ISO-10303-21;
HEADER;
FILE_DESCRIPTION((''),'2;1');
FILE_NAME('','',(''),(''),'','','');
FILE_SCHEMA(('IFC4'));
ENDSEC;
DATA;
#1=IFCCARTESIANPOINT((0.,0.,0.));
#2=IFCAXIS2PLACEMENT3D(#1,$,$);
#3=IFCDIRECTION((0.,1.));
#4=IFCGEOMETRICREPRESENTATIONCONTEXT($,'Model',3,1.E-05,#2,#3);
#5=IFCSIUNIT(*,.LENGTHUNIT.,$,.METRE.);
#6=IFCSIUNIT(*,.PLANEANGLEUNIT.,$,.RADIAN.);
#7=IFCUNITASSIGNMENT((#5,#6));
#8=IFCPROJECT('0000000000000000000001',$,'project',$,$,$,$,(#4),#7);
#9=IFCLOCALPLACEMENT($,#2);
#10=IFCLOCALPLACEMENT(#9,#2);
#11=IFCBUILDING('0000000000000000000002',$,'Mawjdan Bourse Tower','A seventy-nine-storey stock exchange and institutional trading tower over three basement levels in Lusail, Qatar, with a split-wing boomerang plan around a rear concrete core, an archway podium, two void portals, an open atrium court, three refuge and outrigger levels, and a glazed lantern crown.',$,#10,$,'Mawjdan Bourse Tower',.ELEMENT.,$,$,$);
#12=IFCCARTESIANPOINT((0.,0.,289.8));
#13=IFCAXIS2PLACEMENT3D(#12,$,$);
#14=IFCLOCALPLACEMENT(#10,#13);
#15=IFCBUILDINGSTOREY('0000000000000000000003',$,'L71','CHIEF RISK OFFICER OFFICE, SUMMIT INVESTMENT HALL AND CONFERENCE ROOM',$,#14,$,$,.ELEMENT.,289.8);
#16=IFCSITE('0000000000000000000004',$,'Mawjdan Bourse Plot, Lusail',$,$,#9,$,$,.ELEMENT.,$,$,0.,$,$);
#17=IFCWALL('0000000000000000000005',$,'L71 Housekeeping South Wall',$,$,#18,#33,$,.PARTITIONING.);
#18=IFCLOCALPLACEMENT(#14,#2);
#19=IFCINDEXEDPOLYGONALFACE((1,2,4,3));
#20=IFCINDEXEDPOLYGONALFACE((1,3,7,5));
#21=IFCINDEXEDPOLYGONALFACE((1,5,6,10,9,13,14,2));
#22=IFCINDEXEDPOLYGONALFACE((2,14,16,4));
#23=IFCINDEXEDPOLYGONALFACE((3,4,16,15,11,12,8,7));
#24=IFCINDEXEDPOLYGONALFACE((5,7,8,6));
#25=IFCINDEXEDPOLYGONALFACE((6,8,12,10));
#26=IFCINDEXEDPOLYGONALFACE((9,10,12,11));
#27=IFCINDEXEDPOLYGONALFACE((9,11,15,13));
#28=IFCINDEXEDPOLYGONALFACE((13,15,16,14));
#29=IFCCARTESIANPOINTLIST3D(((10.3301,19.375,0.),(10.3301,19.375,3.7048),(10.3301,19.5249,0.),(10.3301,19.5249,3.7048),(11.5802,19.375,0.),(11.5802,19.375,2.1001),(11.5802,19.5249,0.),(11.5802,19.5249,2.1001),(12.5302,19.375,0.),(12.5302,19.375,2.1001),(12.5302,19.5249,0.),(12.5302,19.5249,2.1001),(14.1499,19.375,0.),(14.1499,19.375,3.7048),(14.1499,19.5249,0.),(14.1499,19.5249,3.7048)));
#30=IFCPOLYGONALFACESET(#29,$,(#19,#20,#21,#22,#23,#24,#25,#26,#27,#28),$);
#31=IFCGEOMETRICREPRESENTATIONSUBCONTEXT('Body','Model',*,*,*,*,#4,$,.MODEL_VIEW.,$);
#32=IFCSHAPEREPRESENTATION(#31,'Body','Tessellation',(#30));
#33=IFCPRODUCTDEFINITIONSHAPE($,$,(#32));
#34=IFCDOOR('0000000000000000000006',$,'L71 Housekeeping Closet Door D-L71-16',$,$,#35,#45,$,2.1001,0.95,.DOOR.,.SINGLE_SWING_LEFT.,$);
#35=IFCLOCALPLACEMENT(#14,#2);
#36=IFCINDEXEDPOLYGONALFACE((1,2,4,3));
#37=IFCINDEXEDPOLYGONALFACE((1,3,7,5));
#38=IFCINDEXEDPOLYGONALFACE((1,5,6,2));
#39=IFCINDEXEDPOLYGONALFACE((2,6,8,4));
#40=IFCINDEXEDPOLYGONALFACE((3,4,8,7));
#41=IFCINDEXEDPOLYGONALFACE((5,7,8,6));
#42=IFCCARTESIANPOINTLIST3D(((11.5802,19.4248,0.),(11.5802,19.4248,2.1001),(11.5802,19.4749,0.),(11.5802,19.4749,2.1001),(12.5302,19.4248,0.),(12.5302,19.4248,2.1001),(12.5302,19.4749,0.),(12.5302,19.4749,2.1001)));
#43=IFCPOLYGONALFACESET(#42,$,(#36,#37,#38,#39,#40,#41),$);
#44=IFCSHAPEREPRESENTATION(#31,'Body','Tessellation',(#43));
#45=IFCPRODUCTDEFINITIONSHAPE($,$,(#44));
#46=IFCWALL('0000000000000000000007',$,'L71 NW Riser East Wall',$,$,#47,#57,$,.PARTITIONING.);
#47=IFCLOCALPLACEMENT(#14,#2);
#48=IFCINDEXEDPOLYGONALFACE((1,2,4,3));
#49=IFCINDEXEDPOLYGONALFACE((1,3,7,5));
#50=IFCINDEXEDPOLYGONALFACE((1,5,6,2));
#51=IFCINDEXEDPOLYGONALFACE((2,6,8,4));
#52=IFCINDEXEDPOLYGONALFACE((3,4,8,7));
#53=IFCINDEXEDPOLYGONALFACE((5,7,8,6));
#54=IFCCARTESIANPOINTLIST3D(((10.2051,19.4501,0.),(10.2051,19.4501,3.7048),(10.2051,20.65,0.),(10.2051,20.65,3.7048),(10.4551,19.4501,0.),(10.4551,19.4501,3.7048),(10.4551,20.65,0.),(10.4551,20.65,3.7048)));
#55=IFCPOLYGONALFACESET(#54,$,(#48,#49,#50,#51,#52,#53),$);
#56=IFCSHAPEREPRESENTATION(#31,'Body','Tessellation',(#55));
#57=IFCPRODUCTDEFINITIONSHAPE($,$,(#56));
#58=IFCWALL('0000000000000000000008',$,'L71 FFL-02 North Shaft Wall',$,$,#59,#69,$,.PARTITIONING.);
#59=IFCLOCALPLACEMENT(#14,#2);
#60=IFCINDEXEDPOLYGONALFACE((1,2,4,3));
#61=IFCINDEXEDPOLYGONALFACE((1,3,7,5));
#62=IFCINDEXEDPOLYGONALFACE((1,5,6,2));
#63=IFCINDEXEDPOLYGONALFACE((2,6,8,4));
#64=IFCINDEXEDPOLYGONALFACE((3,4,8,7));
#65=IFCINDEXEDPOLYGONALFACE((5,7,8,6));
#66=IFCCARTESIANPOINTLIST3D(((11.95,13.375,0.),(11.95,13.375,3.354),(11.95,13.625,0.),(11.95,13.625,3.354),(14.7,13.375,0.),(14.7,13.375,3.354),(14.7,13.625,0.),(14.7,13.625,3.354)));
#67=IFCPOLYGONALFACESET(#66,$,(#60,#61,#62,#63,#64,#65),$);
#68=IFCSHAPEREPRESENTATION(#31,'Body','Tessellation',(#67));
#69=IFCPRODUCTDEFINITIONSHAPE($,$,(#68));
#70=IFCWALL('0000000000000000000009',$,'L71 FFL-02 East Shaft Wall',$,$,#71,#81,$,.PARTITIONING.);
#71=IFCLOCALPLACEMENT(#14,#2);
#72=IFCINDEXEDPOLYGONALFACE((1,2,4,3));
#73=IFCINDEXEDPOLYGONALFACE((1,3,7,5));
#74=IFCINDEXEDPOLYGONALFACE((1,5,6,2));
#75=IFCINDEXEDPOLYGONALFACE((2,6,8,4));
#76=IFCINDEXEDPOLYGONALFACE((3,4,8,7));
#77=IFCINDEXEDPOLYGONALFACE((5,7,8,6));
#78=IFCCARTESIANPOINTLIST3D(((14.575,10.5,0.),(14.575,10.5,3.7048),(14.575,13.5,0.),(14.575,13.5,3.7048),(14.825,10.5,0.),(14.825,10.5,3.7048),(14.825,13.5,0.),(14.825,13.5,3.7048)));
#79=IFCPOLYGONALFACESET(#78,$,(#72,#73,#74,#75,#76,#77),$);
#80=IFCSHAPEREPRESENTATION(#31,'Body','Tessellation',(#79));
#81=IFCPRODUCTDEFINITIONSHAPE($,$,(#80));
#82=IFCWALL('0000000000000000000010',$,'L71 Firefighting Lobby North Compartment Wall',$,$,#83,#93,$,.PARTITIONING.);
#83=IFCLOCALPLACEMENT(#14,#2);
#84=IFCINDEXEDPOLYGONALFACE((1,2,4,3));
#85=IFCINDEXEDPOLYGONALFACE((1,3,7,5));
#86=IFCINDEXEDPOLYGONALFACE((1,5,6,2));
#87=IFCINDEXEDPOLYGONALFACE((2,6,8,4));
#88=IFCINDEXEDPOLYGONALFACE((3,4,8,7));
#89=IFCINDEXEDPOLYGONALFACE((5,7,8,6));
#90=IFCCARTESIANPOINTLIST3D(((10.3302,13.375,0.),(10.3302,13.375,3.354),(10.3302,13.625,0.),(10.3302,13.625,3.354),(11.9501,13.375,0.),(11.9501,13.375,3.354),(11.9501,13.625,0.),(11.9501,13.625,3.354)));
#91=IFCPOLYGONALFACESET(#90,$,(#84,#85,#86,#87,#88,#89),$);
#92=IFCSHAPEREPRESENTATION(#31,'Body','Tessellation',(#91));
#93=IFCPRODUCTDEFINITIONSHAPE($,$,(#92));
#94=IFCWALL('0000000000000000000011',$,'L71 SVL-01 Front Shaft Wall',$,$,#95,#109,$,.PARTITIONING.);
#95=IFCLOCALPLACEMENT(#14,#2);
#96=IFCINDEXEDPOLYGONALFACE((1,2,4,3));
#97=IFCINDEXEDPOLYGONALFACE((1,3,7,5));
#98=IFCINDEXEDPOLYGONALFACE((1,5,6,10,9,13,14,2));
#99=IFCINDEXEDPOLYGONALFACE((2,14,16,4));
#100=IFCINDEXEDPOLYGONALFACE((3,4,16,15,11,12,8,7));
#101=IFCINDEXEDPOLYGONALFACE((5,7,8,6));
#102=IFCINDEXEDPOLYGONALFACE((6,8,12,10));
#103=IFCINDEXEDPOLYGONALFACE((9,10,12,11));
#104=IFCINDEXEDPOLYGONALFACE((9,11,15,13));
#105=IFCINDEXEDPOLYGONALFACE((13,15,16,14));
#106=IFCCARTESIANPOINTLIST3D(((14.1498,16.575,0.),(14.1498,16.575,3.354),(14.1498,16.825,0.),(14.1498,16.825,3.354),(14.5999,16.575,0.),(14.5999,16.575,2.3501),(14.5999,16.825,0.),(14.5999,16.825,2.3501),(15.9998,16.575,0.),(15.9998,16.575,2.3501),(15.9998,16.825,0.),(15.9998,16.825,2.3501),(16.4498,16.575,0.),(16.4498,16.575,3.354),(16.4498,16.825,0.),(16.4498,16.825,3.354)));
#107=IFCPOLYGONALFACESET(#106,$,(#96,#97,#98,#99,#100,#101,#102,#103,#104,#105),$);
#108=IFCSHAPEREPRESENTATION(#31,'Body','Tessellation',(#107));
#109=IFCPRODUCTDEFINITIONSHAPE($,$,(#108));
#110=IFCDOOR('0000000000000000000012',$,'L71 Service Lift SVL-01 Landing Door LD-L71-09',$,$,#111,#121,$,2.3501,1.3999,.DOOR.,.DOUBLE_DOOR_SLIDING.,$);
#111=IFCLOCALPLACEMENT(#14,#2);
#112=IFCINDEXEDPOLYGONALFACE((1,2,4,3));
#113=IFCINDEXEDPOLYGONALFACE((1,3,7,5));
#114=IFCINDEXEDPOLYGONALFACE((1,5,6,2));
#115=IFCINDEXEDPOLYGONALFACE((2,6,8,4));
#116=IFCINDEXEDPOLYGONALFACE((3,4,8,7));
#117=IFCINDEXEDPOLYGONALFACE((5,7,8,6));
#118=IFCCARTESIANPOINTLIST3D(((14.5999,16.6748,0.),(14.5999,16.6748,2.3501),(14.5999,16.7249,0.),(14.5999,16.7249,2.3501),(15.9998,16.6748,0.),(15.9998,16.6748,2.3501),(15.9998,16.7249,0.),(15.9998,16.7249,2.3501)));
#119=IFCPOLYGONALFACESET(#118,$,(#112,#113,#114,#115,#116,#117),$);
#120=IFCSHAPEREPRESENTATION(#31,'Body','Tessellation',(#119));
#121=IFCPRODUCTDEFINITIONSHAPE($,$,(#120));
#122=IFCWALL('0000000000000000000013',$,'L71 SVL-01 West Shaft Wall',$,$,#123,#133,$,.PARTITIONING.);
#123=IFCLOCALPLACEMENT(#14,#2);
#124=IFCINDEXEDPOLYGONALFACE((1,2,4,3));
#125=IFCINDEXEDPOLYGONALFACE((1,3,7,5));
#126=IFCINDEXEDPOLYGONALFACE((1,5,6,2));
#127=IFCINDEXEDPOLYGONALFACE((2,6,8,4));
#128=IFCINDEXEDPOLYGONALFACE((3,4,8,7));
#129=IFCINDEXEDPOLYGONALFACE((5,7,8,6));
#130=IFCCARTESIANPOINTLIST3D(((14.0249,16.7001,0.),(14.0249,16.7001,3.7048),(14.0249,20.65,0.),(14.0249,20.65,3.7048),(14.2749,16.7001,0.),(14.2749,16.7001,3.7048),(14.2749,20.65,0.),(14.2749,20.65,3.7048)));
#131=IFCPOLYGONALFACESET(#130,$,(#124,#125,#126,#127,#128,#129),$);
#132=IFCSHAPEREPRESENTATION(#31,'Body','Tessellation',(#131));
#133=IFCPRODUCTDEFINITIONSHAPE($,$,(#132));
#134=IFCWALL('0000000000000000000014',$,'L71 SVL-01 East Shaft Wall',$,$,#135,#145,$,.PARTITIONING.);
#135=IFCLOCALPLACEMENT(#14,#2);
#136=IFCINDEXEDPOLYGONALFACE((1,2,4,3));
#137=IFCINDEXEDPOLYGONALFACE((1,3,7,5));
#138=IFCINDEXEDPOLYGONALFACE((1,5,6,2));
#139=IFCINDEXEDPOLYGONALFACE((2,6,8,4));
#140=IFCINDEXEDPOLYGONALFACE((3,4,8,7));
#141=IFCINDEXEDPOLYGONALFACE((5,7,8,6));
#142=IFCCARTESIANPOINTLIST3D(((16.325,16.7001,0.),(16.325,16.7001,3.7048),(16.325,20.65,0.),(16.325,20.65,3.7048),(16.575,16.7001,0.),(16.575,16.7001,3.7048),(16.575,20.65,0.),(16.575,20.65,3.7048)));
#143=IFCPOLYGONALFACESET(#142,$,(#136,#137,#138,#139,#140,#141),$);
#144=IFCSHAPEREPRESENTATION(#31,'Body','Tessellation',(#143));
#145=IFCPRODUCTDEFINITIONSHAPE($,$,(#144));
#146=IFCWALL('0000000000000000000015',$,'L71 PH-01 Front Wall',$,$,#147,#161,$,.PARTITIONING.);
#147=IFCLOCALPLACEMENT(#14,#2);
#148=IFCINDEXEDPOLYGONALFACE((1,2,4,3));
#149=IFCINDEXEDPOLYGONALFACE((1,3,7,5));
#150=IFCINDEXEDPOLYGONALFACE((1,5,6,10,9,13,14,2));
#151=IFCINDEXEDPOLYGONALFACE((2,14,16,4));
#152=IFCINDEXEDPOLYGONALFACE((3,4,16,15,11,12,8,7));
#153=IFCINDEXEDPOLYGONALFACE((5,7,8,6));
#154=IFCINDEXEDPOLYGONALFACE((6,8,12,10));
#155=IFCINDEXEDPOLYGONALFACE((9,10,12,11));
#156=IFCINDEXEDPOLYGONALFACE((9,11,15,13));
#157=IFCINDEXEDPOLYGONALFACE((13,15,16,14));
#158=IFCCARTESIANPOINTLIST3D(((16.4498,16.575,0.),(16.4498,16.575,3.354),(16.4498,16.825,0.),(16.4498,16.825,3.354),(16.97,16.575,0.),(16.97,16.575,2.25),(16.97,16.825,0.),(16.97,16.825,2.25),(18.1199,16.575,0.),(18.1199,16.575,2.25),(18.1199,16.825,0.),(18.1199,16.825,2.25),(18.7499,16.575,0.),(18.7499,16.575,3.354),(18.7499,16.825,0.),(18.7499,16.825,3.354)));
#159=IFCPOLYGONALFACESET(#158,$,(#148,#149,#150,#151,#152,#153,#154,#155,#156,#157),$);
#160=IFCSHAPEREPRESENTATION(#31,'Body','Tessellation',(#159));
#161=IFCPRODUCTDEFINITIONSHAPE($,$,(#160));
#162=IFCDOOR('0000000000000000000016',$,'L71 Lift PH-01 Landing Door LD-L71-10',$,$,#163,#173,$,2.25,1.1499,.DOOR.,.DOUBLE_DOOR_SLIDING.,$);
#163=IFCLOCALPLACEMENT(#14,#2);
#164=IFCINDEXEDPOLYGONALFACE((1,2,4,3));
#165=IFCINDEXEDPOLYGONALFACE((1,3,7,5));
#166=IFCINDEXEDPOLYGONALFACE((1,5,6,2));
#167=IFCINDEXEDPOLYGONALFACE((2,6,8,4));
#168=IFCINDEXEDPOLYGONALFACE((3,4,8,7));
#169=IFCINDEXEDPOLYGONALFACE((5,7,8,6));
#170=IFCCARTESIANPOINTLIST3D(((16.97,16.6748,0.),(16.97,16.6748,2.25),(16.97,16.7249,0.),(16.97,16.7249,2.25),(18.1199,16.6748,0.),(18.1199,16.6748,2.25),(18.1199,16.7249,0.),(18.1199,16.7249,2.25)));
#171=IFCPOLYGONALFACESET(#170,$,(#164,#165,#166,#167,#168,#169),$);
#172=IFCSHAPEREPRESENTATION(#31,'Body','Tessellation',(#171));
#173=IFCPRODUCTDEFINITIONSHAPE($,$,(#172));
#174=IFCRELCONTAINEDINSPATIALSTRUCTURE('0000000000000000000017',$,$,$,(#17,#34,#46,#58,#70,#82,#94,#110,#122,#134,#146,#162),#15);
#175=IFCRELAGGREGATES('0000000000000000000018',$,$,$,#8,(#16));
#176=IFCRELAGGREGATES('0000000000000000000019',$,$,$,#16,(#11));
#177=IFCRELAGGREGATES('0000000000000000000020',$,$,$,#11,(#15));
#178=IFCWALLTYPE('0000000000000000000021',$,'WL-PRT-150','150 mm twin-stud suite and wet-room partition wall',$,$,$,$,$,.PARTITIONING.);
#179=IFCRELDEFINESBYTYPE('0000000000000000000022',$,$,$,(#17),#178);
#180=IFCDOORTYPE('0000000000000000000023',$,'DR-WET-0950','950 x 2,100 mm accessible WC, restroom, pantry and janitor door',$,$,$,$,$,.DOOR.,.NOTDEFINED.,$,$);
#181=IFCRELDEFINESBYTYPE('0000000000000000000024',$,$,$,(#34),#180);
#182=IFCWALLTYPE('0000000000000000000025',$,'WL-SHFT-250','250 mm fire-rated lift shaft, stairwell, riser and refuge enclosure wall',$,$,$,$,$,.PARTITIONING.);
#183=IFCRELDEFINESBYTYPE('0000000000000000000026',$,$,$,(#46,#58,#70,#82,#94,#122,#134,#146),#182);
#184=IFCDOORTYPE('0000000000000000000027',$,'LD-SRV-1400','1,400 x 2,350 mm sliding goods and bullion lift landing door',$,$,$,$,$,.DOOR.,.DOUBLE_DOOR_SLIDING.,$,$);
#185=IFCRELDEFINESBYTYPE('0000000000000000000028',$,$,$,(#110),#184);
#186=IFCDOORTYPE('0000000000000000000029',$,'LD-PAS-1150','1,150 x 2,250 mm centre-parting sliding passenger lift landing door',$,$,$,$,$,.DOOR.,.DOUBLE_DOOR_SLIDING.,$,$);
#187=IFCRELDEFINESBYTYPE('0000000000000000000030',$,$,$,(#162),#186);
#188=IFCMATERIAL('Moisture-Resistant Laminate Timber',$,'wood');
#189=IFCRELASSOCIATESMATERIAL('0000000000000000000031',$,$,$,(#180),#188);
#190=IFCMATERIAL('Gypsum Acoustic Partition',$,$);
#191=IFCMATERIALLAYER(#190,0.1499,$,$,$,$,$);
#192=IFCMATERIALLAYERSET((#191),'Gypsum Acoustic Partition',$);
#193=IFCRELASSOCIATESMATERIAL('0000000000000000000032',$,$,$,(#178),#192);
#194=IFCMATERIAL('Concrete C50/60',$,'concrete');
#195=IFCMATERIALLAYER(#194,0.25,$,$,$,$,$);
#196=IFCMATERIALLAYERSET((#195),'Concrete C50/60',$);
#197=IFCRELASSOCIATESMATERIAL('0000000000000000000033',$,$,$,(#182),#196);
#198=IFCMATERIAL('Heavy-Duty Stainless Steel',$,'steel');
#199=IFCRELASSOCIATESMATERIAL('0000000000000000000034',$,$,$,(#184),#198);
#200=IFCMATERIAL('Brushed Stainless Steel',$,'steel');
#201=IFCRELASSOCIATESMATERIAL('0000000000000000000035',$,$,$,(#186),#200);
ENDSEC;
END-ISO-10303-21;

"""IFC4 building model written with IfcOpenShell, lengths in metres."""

from ifc_helpers import new_model, si_unit, direction, frame, frame_2d, origin, place, context, subcontext, project, spatial, rectangle, extrude, material, layer, layer_set, type_object, element, fill, save


model = new_model("IFC4")

# Units and contexts
model_context = context("Model", 3, precision=1e-05, world=origin(), true_north=direction((0.0, 1.0)))
body_context = subcontext(model_context, "Body", "Model", "MODEL_VIEW")
ifc_project = project(units=[si_unit("LENGTHUNIT", "METRE"), si_unit("PLANEANGLEUNIT", "RADIAN")], contexts=[model_context])

# Site, building, storey
site_placement = place(None, origin())
site = spatial("IfcSite", under=ifc_project, at=site_placement, Name="Mawjdan Bourse Plot, Lusail", CompositionType="ELEMENT", RefElevation=0.0)
building_placement = place(site_placement, origin())
building = spatial("IfcBuilding", under=site, at=building_placement, Name="Mawjdan Bourse Tower", Description="A seventy-nine-storey stock exchange and institutional trading tower over three basement levels in Lusail, Qatar, with a split-wing boomerang plan around a rear concrete core, an archway podium, two void portals, an open atrium court, three refuge and outrigger levels, and a glazed lantern crown.", LongName="Mawjdan Bourse Tower", CompositionType="ELEMENT")
storey_placement = place(building_placement, frame((0.0, 0.0, 289.8)))
storey = spatial("IfcBuildingStorey", under=building, at=storey_placement, Name="L71", Description="CHIEF RISK OFFICER OFFICE, SUMMIT INVESTMENT HALL AND CONFERENCE ROOM", CompositionType="ELEMENT", Elevation=289.8)

# Wall, opening, door
ifc_material_1 = material(Name="Moisture-Resistant Laminate Timber", Category="wood")
door_type_1 = type_object("IfcDoorType", Name="DR-WET-0950", Description="950 x 2,100 mm accessible WC, restroom, pantry and janitor door", OperationType="NOTDEFINED", PredefinedType="DOOR", material=ifc_material_1)
ifc_material_2 = material(Name="Gypsum Acoustic Partition")
ifc_layer_1 = layer(ifc_material_2, 0.1499)
ifc_layer_set_1 = layer_set([ifc_layer_1], Name="Gypsum Acoustic Partition")
wall_type_1 = type_object("IfcWallType", Name="WL-PRT-150", Description="150 mm twin-stud suite and wet-room partition wall", PredefinedType="PARTITIONING", material=ifc_layer_set_1)
wall_1_placement = place(storey_placement, frame((10.3301, 19.45, 0.0), z_axis=(0.0, 0.0, 1.0), x_axis=(1.0, 0.0, 0.0)))
wall_1 = element("IfcWall", 1, at=wall_1_placement, inside=storey, type_object=wall_type_1, Name="L71 Housekeeping South Wall", PredefinedType="PARTITIONING", context=body_context, shape_type="SweptSolid", body=[
    extrude(rectangle(XDim=3.8198, YDim=0.1499, at=frame_2d((1.9099, 0.0))), origin(), (0.0, 0.0, 1.0), 3.7048),
])
opening_1_placement = place(wall_1_placement, frame((1.25, 0.0, 0.0)))
opening_1 = element("IfcOpeningElement", 2, at=opening_1_placement, cuts=wall_1, PredefinedType="OPENING", context=body_context, shape_type="SweptSolid", body=[
    extrude(rectangle(XDim=0.95, YDim=2.1001, at=frame_2d((0.4751, 1.05))), frame((0.0, 0.085, 0.0), z_axis=(0.0, -1.0, 0.0), x_axis=(1.0, 0.0, 0.0)), (0.0, 0.0, 1.0), 0.1699),
])
door_1_placement = place(opening_1_placement, origin())
door_1 = element("IfcDoor", 3, at=door_1_placement, inside=storey, type_object=door_type_1, Name="L71 Housekeeping Closet Door D-L71-16", OperationType="SINGLE_SWING_LEFT", OverallHeight=2.1001, OverallWidth=0.95, PredefinedType="DOOR", context=body_context, shape_type="SweptSolid", body=[
    extrude(rectangle(XDim=0.95, YDim=2.1001, at=frame_2d((0.4751, 1.05))), frame((0.0, 0.0249, 0.0), z_axis=(0.0, -1.0, 0.0), x_axis=(1.0, 0.0, 0.0)), (0.0, 0.0, 1.0), 0.05),
])
fill(opening_1, door_1)

# Walls
ifc_material_3 = material(Name="Concrete C50/60", Category="concrete")
ifc_layer_2 = layer(ifc_material_3, 0.25)
ifc_layer_set_2 = layer_set([ifc_layer_2], Name="Concrete C50/60")
wall_type_2 = type_object("IfcWallType", Name="WL-SHFT-250", Description="250 mm fire-rated lift shaft, stairwell, riser and refuge enclosure wall", PredefinedType="PARTITIONING", material=ifc_layer_set_2)
wall_2_placement = place(storey_placement, frame((10.3301, 19.45, 0.0), z_axis=(0.0, 0.0, 1.0), x_axis=(0.0, 1.0, 0.0)))
element("IfcWall", 4, at=wall_2_placement, inside=storey, type_object=wall_type_2, Name="L71 NW Riser East Wall", PredefinedType="PARTITIONING", context=body_context, shape_type="SweptSolid", body=[
    extrude(rectangle(XDim=1.2, YDim=0.25, at=frame_2d((0.6001, 0.0))), origin(), (0.0, 0.0, 1.0), 3.7048),
])
wall_3_placement = place(storey_placement, frame((11.95, 13.5, 0.0), z_axis=(0.0, 0.0, 1.0), x_axis=(1.0, 0.0, 0.0)))
element("IfcWall", 5, at=wall_3_placement, inside=storey, type_object=wall_type_2, Name="L71 FFL-02 North Shaft Wall", PredefinedType="PARTITIONING", context=body_context, shape_type="SweptSolid", body=[
    extrude(rectangle(XDim=2.75, YDim=0.25, at=frame_2d((1.375, 0.0))), origin(), (0.0, 0.0, 1.0), 3.354),
])
wall_4_placement = place(storey_placement, frame((14.7, 10.5, 0.0), z_axis=(0.0, 0.0, 1.0), x_axis=(0.0, 1.0, 0.0)))
element("IfcWall", 6, at=wall_4_placement, inside=storey, type_object=wall_type_2, Name="L71 FFL-02 East Shaft Wall", PredefinedType="PARTITIONING", context=body_context, shape_type="SweptSolid", body=[
    extrude(rectangle(XDim=3.0, YDim=0.25, at=frame_2d((1.5, 0.0))), origin(), (0.0, 0.0, 1.0), 3.7048),
])
wall_5_placement = place(storey_placement, frame((10.3301, 13.5, 0.0), z_axis=(0.0, 0.0, 1.0), x_axis=(1.0, 0.0, 0.0)))
element("IfcWall", 7, at=wall_5_placement, inside=storey, type_object=wall_type_2, Name="L71 Firefighting Lobby North Compartment Wall", PredefinedType="PARTITIONING", context=body_context, shape_type="SweptSolid", body=[
    extrude(rectangle(XDim=1.6199, YDim=0.25, at=frame_2d((0.8101, 0.0))), origin(), (0.0, 0.0, 1.0), 3.354),
])

# Wall, opening, door
wall_6_placement = place(storey_placement, frame((14.1499, 16.7, 0.0), z_axis=(0.0, 0.0, 1.0), x_axis=(1.0, 0.0, 0.0)))
wall_6 = element("IfcWall", 8, at=wall_6_placement, inside=storey, type_object=wall_type_2, Name="L71 SVL-01 Front Shaft Wall", PredefinedType="PARTITIONING", context=body_context, shape_type="SweptSolid", body=[
    extrude(rectangle(XDim=2.3, YDim=0.25, at=frame_2d((1.1499, 0.0))), origin(), (0.0, 0.0, 1.0), 3.354),
])
opening_2_placement = place(wall_6_placement, frame((0.45, 0.0, 0.0)))
opening_2 = element("IfcOpeningElement", 9, at=opening_2_placement, cuts=wall_6, PredefinedType="OPENING", context=body_context, shape_type="SweptSolid", body=[
    extrude(rectangle(XDim=1.3999, YDim=2.3501, at=frame_2d((0.7, 1.175))), frame((0.0, 0.135, 0.0), z_axis=(0.0, -1.0, 0.0), x_axis=(1.0, 0.0, 0.0)), (0.0, 0.0, 1.0), 0.27),
])
ifc_material_4 = material(Name="Heavy-Duty Stainless Steel", Category="steel")
door_type_2 = type_object("IfcDoorType", Name="LD-SRV-1400", Description="1,400 x 2,350 mm sliding goods and bullion lift landing door", OperationType="DOUBLE_DOOR_SLIDING", PredefinedType="DOOR", material=ifc_material_4)
door_2_placement = place(opening_2_placement, origin())
door_2 = element("IfcDoor", 10, at=door_2_placement, inside=storey, type_object=door_type_2, Name="L71 Service Lift SVL-01 Landing Door LD-L71-09", OperationType="DOUBLE_DOOR_SLIDING", OverallHeight=2.3501, OverallWidth=1.3999, PredefinedType="DOOR", context=body_context, shape_type="SweptSolid", body=[
    extrude(rectangle(XDim=1.3999, YDim=2.3501, at=frame_2d((0.7, 1.175))), frame((0.0, 0.0249, 0.0), z_axis=(0.0, -1.0, 0.0), x_axis=(1.0, 0.0, 0.0)), (0.0, 0.0, 1.0), 0.05),
])
fill(opening_2, door_2)

# Walls
for number, where, z_axis, x_axis, name in (
    (11, (14.1499, 16.7, 0.0), (0.0, 0.0, 1.0), (0.0, 1.0, 0.0), "L71 SVL-01 West Shaft Wall"),
    (12, (16.45, 16.7, 0.0), (0.0, 0.0, 1.0), (0.0, 1.0, 0.0), "L71 SVL-01 East Shaft Wall"),
):
    element("IfcWall", number, at=place(storey_placement, frame(where, z_axis=z_axis, x_axis=x_axis)), inside=storey, type_object=wall_type_2, Name=name, PredefinedType="PARTITIONING", context=body_context, shape_type="SweptSolid", body=[
        extrude(rectangle(XDim=3.95, YDim=0.25, at=frame_2d((1.9751, 0.0))), origin(), (0.0, 0.0, 1.0), 3.7048),
    ])

# Wall, opening, door
wall_7_placement = place(storey_placement, frame((16.45, 16.7, 0.0), z_axis=(0.0, 0.0, 1.0), x_axis=(1.0, 0.0, 0.0)))
wall_7 = element("IfcWall", 13, at=wall_7_placement, inside=storey, type_object=wall_type_2, Name="L71 PH-01 Front Wall", PredefinedType="PARTITIONING", context=body_context, shape_type="SweptSolid", body=[
    extrude(rectangle(XDim=2.3, YDim=0.25, at=frame_2d((1.1499, 0.0))), origin(), (0.0, 0.0, 1.0), 3.354),
])
opening_3_placement = place(wall_7_placement, frame((0.52, 0.0, 0.0)))
opening_3 = element("IfcOpeningElement", 14, at=opening_3_placement, cuts=wall_7, PredefinedType="OPENING", context=body_context, shape_type="SweptSolid", body=[
    extrude(rectangle(XDim=1.1499, YDim=2.25, at=frame_2d((0.575, 1.125))), frame((0.0, 0.135, 0.0), z_axis=(0.0, -1.0, 0.0), x_axis=(1.0, 0.0, 0.0)), (0.0, 0.0, 1.0), 0.27),
])
ifc_material_5 = material(Name="Brushed Stainless Steel", Category="steel")
door_type_3 = type_object("IfcDoorType", Name="LD-PAS-1150", Description="1,150 x 2,250 mm centre-parting sliding passenger lift landing door", OperationType="DOUBLE_DOOR_SLIDING", PredefinedType="DOOR", material=ifc_material_5)
door_3_placement = place(opening_3_placement, origin())
door_3 = element("IfcDoor", 15, at=door_3_placement, inside=storey, type_object=door_type_3, Name="L71 Lift PH-01 Landing Door LD-L71-10", OperationType="DOUBLE_DOOR_SLIDING", OverallHeight=2.25, OverallWidth=1.1499, PredefinedType="DOOR", context=body_context, shape_type="SweptSolid", body=[
    extrude(rectangle(XDim=1.1499, YDim=2.25, at=frame_2d((0.575, 1.125))), frame((0.0, 0.0249, 0.0), z_axis=(0.0, -1.0, 0.0), x_axis=(1.0, 0.0, 0.0)), (0.0, 0.0, 1.0), 0.05),
])
fill(opening_3, door_3)

save(model, "model.ifc")
